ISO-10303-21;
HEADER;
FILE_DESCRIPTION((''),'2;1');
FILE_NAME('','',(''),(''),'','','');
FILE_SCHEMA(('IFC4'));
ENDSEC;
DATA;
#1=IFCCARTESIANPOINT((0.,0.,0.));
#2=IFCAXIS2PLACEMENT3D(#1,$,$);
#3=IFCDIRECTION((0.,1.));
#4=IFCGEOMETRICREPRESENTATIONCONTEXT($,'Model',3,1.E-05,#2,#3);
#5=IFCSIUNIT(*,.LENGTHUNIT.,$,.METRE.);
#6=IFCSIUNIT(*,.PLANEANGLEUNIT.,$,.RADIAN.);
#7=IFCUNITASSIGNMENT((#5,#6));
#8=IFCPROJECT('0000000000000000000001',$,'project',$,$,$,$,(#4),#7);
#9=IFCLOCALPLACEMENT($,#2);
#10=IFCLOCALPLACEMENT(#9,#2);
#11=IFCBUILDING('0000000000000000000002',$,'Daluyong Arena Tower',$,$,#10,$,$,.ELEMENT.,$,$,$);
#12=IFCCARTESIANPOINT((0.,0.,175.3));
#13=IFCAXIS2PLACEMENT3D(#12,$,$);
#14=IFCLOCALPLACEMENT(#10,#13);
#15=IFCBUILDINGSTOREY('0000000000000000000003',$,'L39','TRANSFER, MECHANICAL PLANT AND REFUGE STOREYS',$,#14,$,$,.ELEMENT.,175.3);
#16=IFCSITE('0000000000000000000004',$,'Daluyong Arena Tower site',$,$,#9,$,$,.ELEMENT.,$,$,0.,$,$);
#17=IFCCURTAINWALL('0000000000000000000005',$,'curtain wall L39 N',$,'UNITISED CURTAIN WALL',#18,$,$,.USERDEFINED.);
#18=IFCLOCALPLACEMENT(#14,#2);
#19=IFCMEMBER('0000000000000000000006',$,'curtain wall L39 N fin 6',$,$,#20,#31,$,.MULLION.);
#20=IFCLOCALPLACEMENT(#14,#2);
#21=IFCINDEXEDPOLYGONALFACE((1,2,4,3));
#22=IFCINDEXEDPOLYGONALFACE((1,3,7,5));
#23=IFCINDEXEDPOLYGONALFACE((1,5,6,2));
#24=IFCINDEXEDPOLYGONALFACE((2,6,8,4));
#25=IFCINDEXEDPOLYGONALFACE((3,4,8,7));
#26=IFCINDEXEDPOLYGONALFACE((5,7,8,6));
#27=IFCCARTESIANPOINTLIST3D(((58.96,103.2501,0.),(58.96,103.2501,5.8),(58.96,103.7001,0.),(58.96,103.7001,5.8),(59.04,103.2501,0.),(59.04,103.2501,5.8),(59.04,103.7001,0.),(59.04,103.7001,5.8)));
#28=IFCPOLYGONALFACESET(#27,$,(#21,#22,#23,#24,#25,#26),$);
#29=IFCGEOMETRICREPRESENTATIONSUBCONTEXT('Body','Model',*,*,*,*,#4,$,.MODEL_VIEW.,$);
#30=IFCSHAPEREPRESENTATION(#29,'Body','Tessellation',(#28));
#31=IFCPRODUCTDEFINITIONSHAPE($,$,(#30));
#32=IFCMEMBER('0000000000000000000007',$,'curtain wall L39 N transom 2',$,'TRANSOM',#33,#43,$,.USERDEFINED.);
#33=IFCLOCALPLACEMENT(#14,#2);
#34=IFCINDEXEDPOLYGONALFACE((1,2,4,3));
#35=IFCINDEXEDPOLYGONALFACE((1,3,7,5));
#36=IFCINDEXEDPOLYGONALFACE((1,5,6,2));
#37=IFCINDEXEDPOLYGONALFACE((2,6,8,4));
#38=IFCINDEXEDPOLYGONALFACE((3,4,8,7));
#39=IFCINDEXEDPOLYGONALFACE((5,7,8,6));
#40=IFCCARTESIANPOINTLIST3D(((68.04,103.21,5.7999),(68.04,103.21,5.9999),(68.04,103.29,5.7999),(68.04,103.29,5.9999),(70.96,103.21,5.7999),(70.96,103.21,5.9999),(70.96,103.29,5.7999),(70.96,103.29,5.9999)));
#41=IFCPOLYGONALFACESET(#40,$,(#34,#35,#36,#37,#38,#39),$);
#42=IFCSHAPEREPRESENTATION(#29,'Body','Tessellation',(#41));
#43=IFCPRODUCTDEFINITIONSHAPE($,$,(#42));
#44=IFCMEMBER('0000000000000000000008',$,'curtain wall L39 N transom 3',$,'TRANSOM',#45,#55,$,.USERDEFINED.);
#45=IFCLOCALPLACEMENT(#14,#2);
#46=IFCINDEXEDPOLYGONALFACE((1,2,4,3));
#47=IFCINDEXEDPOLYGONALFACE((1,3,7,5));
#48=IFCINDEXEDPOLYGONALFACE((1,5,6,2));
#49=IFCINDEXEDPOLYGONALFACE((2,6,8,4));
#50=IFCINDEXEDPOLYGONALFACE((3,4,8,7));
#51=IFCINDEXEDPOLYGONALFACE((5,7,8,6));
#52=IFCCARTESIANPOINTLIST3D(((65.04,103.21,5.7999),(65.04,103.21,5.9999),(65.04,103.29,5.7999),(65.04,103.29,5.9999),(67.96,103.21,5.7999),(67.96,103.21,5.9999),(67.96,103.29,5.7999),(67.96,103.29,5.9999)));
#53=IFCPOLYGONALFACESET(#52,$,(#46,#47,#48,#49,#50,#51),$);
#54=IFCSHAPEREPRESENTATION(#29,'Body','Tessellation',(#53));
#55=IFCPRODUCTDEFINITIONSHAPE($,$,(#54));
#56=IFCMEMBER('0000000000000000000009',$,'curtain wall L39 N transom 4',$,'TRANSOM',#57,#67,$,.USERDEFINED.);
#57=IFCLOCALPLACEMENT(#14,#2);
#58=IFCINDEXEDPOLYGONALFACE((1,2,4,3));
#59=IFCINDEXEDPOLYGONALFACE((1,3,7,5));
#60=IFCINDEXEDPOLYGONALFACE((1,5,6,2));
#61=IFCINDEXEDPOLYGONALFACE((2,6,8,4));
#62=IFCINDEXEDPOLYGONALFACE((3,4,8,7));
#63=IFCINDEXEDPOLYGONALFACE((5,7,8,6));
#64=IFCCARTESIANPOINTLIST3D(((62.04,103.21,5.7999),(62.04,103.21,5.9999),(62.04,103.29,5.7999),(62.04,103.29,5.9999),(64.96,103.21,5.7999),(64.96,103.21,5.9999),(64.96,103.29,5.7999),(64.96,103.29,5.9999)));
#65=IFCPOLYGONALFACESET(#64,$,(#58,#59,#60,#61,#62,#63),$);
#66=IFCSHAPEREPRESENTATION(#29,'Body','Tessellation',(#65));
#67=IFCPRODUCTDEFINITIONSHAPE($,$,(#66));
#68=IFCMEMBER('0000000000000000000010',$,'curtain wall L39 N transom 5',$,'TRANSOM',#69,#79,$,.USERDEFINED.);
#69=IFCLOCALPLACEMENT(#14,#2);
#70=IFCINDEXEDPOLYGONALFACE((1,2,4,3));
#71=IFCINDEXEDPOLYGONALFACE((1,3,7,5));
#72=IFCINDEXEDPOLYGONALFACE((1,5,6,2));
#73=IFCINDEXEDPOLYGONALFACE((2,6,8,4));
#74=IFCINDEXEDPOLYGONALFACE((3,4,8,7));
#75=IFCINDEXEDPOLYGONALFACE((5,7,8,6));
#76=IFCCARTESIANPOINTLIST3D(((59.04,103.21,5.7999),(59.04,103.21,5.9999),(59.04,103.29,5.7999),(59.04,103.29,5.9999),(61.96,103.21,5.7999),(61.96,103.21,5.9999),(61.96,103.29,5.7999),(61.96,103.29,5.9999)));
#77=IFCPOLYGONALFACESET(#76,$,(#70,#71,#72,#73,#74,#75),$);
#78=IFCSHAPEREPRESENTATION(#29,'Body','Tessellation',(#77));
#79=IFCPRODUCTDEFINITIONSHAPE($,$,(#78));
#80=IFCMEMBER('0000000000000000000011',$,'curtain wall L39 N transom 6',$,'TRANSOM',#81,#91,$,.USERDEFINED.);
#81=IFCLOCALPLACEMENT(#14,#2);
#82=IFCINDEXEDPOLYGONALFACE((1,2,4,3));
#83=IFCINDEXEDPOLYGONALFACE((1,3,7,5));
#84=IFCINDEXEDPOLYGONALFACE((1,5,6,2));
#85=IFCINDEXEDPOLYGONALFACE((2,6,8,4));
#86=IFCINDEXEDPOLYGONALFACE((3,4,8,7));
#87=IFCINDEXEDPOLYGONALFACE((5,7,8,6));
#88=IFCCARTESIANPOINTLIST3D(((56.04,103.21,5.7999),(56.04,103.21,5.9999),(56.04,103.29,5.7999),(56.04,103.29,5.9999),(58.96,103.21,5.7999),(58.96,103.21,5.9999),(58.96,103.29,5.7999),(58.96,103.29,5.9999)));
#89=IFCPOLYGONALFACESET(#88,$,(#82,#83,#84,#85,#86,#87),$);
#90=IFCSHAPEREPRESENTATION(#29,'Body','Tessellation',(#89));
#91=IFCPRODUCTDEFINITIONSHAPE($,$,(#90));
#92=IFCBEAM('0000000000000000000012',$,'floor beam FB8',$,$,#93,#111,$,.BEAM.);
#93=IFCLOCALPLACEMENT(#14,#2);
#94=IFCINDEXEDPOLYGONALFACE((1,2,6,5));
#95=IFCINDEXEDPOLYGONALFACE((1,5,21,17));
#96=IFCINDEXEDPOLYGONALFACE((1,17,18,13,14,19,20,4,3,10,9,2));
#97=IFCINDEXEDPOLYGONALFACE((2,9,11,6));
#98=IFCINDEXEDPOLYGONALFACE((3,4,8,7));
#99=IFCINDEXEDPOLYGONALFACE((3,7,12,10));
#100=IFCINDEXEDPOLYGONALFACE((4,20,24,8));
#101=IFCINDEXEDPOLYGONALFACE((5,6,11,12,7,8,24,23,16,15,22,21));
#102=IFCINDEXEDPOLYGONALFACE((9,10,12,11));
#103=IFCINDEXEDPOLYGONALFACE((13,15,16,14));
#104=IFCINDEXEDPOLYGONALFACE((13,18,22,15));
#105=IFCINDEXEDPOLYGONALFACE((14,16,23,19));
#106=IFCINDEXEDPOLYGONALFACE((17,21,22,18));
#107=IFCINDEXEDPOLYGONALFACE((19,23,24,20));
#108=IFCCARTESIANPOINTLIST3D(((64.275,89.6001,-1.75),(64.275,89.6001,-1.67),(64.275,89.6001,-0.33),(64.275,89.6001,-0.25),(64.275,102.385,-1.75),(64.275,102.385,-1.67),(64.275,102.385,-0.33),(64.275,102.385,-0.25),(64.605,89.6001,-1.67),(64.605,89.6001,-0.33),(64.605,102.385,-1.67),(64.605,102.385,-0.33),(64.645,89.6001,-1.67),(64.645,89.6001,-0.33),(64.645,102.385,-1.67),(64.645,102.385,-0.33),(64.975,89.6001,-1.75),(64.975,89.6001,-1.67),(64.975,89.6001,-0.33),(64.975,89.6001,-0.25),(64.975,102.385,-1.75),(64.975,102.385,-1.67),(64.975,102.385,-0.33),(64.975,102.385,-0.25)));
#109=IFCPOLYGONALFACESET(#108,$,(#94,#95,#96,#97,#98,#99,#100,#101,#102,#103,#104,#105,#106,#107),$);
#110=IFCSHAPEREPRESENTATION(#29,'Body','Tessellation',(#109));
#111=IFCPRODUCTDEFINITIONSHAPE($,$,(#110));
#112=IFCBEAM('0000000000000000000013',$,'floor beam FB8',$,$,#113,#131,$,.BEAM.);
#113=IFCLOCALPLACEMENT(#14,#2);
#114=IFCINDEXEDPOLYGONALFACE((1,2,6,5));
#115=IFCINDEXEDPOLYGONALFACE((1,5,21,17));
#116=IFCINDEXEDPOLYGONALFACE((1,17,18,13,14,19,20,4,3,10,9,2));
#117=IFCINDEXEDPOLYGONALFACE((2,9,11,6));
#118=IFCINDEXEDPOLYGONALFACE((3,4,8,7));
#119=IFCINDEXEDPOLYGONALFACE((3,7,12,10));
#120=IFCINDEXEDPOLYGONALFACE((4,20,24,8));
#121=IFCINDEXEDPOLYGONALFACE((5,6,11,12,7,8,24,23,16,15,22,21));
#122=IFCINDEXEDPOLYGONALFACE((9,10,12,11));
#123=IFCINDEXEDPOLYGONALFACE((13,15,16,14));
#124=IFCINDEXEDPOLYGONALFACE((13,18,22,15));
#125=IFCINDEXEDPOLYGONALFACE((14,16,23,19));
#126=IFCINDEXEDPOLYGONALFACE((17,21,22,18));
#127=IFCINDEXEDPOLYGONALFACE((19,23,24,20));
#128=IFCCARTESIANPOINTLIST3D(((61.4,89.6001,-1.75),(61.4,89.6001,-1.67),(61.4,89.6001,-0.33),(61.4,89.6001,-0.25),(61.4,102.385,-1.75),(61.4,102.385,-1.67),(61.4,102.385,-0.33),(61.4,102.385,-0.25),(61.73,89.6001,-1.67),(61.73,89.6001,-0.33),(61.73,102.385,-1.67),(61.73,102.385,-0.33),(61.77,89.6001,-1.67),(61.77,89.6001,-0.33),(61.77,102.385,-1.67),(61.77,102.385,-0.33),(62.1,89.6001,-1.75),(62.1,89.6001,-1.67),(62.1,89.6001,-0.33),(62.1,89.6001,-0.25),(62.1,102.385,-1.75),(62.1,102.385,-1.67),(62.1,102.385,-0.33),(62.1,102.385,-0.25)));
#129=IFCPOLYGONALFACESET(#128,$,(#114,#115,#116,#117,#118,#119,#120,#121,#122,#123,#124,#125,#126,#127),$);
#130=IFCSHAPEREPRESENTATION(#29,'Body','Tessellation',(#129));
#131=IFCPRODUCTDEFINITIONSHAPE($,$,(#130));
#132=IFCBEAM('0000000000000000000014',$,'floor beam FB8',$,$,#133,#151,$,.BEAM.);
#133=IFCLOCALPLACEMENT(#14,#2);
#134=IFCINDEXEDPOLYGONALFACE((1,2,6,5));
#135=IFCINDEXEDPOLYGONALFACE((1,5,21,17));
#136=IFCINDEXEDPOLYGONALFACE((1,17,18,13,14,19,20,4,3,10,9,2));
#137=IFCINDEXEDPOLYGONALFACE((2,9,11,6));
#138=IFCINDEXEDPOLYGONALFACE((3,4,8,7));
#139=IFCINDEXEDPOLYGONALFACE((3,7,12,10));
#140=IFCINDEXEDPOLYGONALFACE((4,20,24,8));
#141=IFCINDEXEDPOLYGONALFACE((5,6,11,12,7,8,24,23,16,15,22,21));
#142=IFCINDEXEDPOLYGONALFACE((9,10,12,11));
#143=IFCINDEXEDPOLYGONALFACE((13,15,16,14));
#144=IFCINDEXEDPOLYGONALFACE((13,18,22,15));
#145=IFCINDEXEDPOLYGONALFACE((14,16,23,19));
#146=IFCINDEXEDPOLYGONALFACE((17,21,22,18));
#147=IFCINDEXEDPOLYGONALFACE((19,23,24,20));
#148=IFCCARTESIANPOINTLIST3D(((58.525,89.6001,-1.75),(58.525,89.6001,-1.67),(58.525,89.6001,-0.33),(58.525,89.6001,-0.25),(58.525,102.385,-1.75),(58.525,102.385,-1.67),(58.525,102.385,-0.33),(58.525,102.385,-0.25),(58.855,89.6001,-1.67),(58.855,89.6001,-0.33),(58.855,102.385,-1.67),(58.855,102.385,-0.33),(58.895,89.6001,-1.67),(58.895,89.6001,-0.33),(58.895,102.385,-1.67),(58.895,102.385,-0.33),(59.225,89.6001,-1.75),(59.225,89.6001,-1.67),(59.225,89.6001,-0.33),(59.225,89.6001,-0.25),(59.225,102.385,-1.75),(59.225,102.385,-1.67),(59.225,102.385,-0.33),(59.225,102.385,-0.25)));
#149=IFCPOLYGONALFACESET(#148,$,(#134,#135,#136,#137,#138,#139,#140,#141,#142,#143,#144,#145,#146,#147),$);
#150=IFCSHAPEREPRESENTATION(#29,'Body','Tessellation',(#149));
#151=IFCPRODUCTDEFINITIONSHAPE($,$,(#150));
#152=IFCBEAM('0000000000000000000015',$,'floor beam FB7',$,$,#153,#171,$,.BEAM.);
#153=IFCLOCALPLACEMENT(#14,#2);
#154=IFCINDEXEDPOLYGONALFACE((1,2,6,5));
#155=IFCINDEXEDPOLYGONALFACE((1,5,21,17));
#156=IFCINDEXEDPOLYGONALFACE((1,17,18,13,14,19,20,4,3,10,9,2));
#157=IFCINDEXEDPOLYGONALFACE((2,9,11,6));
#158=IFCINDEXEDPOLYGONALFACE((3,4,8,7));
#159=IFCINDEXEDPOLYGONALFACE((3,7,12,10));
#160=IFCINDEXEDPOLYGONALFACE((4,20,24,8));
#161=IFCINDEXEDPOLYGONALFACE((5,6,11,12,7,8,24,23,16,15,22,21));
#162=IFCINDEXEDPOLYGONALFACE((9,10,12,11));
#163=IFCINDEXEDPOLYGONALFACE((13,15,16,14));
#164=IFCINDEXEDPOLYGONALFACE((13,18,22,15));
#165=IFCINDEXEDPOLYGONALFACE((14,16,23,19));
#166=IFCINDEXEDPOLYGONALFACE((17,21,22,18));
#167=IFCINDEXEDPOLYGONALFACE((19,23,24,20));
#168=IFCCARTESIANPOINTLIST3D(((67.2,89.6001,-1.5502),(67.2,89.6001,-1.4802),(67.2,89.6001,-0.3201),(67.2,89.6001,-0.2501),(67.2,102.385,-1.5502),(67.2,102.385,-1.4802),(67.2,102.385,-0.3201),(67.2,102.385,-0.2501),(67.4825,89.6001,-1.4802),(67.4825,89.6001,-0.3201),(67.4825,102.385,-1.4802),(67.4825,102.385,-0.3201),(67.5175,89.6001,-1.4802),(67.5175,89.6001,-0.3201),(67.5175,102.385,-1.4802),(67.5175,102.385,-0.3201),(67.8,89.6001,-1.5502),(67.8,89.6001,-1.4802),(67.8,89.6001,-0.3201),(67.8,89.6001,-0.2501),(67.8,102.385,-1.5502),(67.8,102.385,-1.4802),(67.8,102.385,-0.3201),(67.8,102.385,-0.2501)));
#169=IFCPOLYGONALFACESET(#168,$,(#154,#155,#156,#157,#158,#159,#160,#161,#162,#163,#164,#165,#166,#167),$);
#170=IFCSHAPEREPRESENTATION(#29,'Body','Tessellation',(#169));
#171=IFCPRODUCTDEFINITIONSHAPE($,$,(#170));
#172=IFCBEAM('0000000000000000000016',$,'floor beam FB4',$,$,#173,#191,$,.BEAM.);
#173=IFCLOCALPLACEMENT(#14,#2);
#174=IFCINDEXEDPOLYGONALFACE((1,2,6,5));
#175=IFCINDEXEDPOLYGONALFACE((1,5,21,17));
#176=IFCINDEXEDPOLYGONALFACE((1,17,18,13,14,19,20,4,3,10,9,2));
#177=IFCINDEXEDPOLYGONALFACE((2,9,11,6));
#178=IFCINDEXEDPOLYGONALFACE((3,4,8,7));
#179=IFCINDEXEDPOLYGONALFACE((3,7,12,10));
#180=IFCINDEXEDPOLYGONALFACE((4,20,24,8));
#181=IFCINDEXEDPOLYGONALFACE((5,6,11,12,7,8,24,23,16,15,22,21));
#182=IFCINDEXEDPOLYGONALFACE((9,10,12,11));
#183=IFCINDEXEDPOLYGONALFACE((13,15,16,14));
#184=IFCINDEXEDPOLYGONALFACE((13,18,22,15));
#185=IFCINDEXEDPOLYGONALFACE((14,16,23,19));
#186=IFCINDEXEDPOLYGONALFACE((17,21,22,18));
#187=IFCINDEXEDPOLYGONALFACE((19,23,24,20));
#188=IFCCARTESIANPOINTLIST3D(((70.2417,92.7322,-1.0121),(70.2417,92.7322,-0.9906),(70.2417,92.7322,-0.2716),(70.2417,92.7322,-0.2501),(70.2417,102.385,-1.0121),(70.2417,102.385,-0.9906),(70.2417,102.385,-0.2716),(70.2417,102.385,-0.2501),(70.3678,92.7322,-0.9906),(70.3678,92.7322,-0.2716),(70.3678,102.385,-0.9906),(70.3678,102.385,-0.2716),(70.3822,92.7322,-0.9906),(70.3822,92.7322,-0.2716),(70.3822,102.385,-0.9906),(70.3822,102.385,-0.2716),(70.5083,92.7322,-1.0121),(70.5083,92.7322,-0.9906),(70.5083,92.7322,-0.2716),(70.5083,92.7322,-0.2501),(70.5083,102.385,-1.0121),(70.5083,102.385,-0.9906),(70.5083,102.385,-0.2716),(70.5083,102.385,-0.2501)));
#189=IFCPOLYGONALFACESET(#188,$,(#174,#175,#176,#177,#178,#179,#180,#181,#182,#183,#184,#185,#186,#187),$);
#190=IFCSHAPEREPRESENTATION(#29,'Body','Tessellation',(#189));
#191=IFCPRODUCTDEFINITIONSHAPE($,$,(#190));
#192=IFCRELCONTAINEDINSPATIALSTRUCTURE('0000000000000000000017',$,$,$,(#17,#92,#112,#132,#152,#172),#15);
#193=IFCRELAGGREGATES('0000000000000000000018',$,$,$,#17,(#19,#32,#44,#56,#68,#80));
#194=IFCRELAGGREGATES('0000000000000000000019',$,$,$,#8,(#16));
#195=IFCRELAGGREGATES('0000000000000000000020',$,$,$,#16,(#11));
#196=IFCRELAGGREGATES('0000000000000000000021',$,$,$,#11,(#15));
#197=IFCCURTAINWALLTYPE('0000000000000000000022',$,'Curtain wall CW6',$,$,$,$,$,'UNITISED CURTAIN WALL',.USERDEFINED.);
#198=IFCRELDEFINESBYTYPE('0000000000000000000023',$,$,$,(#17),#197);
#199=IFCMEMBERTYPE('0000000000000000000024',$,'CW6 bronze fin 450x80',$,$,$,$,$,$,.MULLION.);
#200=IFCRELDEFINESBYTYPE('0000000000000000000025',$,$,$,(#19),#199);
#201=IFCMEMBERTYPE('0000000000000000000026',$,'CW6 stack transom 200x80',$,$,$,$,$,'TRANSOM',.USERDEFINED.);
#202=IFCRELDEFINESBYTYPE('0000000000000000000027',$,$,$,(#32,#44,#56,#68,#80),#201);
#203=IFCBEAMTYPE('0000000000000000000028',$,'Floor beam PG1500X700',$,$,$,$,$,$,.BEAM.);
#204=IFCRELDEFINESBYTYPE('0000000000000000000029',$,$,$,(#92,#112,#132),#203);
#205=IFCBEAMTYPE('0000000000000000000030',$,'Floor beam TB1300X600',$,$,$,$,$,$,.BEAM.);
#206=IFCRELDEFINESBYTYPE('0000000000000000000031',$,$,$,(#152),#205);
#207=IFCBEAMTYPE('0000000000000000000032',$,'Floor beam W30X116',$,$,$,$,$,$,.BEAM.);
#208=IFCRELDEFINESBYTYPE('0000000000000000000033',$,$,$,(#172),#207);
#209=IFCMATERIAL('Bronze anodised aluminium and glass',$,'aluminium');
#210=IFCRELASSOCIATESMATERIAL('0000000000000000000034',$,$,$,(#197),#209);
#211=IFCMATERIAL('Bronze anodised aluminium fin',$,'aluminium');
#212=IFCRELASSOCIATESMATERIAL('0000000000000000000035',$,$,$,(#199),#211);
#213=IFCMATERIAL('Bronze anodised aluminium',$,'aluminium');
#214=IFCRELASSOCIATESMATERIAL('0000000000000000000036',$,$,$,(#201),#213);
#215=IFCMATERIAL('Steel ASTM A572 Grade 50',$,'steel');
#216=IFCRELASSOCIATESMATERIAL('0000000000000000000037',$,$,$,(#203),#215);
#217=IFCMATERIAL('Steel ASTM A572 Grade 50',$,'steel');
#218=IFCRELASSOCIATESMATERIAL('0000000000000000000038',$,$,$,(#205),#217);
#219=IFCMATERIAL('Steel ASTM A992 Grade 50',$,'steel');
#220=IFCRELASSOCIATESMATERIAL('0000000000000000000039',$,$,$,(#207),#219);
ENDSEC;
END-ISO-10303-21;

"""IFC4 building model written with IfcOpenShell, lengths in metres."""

from ifc_helpers import new_model, si_unit, direction, frame, origin, origin_2d, place, context, subcontext, project, spatial, rectangle, i_section, extrude, material, material_profile, profile_set, type_object, element, aggregate, save


model = new_model("IFC4")

# Units and contexts
model_context = context("Model", 3, precision=1e-05, world=origin(), true_north=direction((0.0, 1.0)))
body_context = subcontext(model_context, "Body", "Model", "MODEL_VIEW")
ifc_project = project(units=[si_unit("LENGTHUNIT", "METRE"), si_unit("PLANEANGLEUNIT", "RADIAN")], contexts=[model_context])

# Site, building, storey
site_placement = place(None, origin())
site = spatial("IfcSite", under=ifc_project, at=site_placement, Name="Daluyong Arena Tower site", CompositionType="ELEMENT", RefElevation=0.0)
building_placement = place(site_placement, origin())
building = spatial("IfcBuilding", under=site, at=building_placement, Name="Daluyong Arena Tower", CompositionType="ELEMENT")
storey_placement = place(building_placement, frame((0.0, 0.0, 175.3)))
storey = spatial("IfcBuildingStorey", under=building, at=storey_placement, Name="L39", Description="TRANSFER, MECHANICAL PLANT AND REFUGE STOREYS", CompositionType="ELEMENT", Elevation=175.3)

# Curtain wall, members
ifc_material_1 = material(Name="Bronze anodised aluminium and glass", Category="aluminium")
curtain_wall_type = type_object("IfcCurtainWallType", Name="Curtain wall CW6", ElementType="UNITISED CURTAIN WALL", PredefinedType="USERDEFINED", material=ifc_material_1)
curtain_wall_placement = place(storey_placement, origin())
curtain_wall = element("IfcCurtainWall", 1, at=curtain_wall_placement, inside=storey, type_object=curtain_wall_type, Name="curtain wall L39 N", ObjectType="UNITISED CURTAIN WALL", PredefinedType="USERDEFINED")
ifc_material_2 = material(Name="Bronze anodised aluminium fin", Category="aluminium")
ifc_material_profile_1 = material_profile(ifc_material_2, rectangle(XDim=0.45, YDim=0.0801, at=origin_2d()))
ifc_profile_set_1 = profile_set([ifc_material_profile_1], Name="Bronze anodised aluminium fin")
member_type_1 = type_object("IfcMemberType", Name="CW6 bronze fin 450x80", PredefinedType="MULLION", material=ifc_profile_set_1)
member_1_placement = place(storey_placement, frame((59.0, 103.4751, 0.0), z_axis=(0.0, 0.0, 1.0), x_axis=(0.0, -1.0, 0.0)))
member_1 = element("IfcMember", 2, at=member_1_placement, type_object=member_type_1, Name="curtain wall L39 N fin 6", PredefinedType="MULLION", context=body_context, shape_type="SweptSolid", body=[
    extrude(rectangle(XDim=0.45, YDim=0.0801, at=origin_2d()), origin(), (0.0, 0.0, 1.0), 5.8),
])
ifc_material_3 = material(Name="Bronze anodised aluminium", Category="aluminium")
ifc_material_profile_2 = material_profile(ifc_material_3, rectangle(XDim=0.0801, YDim=0.2, at=origin_2d()))
ifc_profile_set_2 = profile_set([ifc_material_profile_2], Name="Bronze anodised aluminium")
member_type_2 = type_object("IfcMemberType", Name="CW6 stack transom 200x80", ElementType="TRANSOM", PredefinedType="USERDEFINED", material=ifc_profile_set_2)
member_2_placement = place(storey_placement, frame((70.96, 103.25, 5.8999), z_axis=(-1.0, 0.0, 0.0), x_axis=(0.0, -1.0, 0.0)))
member_2 = element("IfcMember", 3, at=member_2_placement, type_object=member_type_2, Name="curtain wall L39 N transom 2", ObjectType="TRANSOM", PredefinedType="USERDEFINED", context=body_context, shape_type="SweptSolid", body=[
    extrude(rectangle(XDim=0.0801, YDim=0.2, at=origin_2d()), origin(), (0.0, 0.0, 1.0), 2.9199),
])
member_3_placement = place(storey_placement, frame((67.96, 103.25, 5.8999), z_axis=(-1.0, 0.0, 0.0), x_axis=(0.0, -1.0, 0.0)))
member_3 = element("IfcMember", 4, at=member_3_placement, type_object=member_type_2, Name="curtain wall L39 N transom 3", ObjectType="TRANSOM", PredefinedType="USERDEFINED", context=body_context, shape_type="SweptSolid", body=[
    extrude(rectangle(XDim=0.0801, YDim=0.2, at=origin_2d()), origin(), (0.0, 0.0, 1.0), 2.9199),
])
member_4_placement = place(storey_placement, frame((64.96, 103.25, 5.8999), z_axis=(-1.0, 0.0, 0.0), x_axis=(0.0, -1.0, 0.0)))
member_4 = element("IfcMember", 5, at=member_4_placement, type_object=member_type_2, Name="curtain wall L39 N transom 4", ObjectType="TRANSOM", PredefinedType="USERDEFINED", context=body_context, shape_type="SweptSolid", body=[
    extrude(rectangle(XDim=0.0801, YDim=0.2, at=origin_2d()), origin(), (0.0, 0.0, 1.0), 2.9199),
])
member_5_placement = place(storey_placement, frame((61.96, 103.25, 5.8999), z_axis=(-1.0, 0.0, 0.0), x_axis=(0.0, -1.0, 0.0)))
member_5 = element("IfcMember", 6, at=member_5_placement, type_object=member_type_2, Name="curtain wall L39 N transom 5", ObjectType="TRANSOM", PredefinedType="USERDEFINED", context=body_context, shape_type="SweptSolid", body=[
    extrude(rectangle(XDim=0.0801, YDim=0.2, at=origin_2d()), origin(), (0.0, 0.0, 1.0), 2.9199),
])
member_6_placement = place(storey_placement, frame((58.96, 103.25, 5.8999), z_axis=(-1.0, 0.0, 0.0), x_axis=(0.0, -1.0, 0.0)))
member_6 = element("IfcMember", 7, at=member_6_placement, type_object=member_type_2, Name="curtain wall L39 N transom 6", ObjectType="TRANSOM", PredefinedType="USERDEFINED", context=body_context, shape_type="SweptSolid", body=[
    extrude(rectangle(XDim=0.0801, YDim=0.2, at=origin_2d()), origin(), (0.0, 0.0, 1.0), 2.9199),
])

# Beams
ifc_material_4 = material(Name="Steel ASTM A572 Grade 50", Category="steel")
ifc_material_profile_3 = material_profile(ifc_material_4, i_section(OverallWidth=0.7, OverallDepth=1.5, WebThickness=0.04, FlangeThickness=0.08, at=origin_2d()))
ifc_profile_set_3 = profile_set([ifc_material_profile_3], Name="Steel ASTM A572 Grade 50")
beam_type_1 = type_object("IfcBeamType", Name="Floor beam PG1500X700", PredefinedType="BEAM", material=ifc_profile_set_3)
for number, where, z_axis, x_axis, name in (
    (8, (64.625, 102.385, -1.0), (0.0, -1.0, 0.0), (1.0, 0.0, 0.0), "floor beam FB8"),
    (9, (61.75, 102.385, -1.0), (0.0, -1.0, 0.0), (1.0, 0.0, 0.0), "floor beam FB8"),
    (10, (58.875, 102.385, -1.0), (0.0, -1.0, 0.0), (1.0, 0.0, 0.0), "floor beam FB8"),
):
    element("IfcBeam", number, at=place(storey_placement, frame(where, z_axis=z_axis, x_axis=x_axis)), inside=storey, type_object=beam_type_1, Name=name, PredefinedType="BEAM", context=body_context, shape_type="SweptSolid", body=[
        extrude(i_section(OverallWidth=0.7, OverallDepth=1.5, WebThickness=0.04, FlangeThickness=0.08, at=origin_2d()), origin(), (0.0, 0.0, 1.0), 12.7849),
    ])
ifc_material_5 = material(Name="Steel ASTM A572 Grade 50", Category="steel")
ifc_material_profile_4 = material_profile(ifc_material_5, i_section(OverallWidth=0.6001, OverallDepth=1.3, WebThickness=0.035, FlangeThickness=0.07, at=origin_2d()))
ifc_profile_set_4 = profile_set([ifc_material_profile_4], Name="Steel ASTM A572 Grade 50")
beam_type_2 = type_object("IfcBeamType", Name="Floor beam TB1300X600", PredefinedType="BEAM", material=ifc_profile_set_4)
beam_1_placement = place(storey_placement, frame((67.5, 102.385, -0.9001), z_axis=(0.0, -1.0, 0.0), x_axis=(1.0, 0.0, 0.0)))
element("IfcBeam", 11, at=beam_1_placement, inside=storey, type_object=beam_type_2, Name="floor beam FB7", PredefinedType="BEAM", context=body_context, shape_type="SweptSolid", body=[
    extrude(i_section(OverallWidth=0.6001, OverallDepth=1.3, WebThickness=0.035, FlangeThickness=0.07, at=origin_2d()), origin(), (0.0, 0.0, 1.0), 12.7849),
])
ifc_material_6 = material(Name="Steel ASTM A992 Grade 50", Category="steel")
ifc_material_profile_5 = material_profile(ifc_material_6, i_section(OverallWidth=0.2666, OverallDepth=0.762, WebThickness=0.0144, FlangeThickness=0.0215, at=origin_2d()))
ifc_profile_set_5 = profile_set([ifc_material_profile_5], Name="Steel ASTM A992 Grade 50")
beam_type_3 = type_object("IfcBeamType", Name="Floor beam W30X116", PredefinedType="BEAM", material=ifc_profile_set_5)
beam_2_placement = place(storey_placement, frame((70.375, 102.385, -0.6311), z_axis=(0.0, -1.0, 0.0), x_axis=(1.0, 0.0, 0.0)))
element("IfcBeam", 12, at=beam_2_placement, inside=storey, type_object=beam_type_3, Name="floor beam FB4", PredefinedType="BEAM", context=body_context, shape_type="SweptSolid", body=[
    extrude(i_section(OverallWidth=0.2666, OverallDepth=0.762, WebThickness=0.0144, FlangeThickness=0.0215, at=origin_2d()), origin(), (0.0, 0.0, 1.0), 9.6528),
])

aggregate(curtain_wall, [member_1, member_2, member_3, member_4, member_5, member_6])

save(model, "model.ifc")
